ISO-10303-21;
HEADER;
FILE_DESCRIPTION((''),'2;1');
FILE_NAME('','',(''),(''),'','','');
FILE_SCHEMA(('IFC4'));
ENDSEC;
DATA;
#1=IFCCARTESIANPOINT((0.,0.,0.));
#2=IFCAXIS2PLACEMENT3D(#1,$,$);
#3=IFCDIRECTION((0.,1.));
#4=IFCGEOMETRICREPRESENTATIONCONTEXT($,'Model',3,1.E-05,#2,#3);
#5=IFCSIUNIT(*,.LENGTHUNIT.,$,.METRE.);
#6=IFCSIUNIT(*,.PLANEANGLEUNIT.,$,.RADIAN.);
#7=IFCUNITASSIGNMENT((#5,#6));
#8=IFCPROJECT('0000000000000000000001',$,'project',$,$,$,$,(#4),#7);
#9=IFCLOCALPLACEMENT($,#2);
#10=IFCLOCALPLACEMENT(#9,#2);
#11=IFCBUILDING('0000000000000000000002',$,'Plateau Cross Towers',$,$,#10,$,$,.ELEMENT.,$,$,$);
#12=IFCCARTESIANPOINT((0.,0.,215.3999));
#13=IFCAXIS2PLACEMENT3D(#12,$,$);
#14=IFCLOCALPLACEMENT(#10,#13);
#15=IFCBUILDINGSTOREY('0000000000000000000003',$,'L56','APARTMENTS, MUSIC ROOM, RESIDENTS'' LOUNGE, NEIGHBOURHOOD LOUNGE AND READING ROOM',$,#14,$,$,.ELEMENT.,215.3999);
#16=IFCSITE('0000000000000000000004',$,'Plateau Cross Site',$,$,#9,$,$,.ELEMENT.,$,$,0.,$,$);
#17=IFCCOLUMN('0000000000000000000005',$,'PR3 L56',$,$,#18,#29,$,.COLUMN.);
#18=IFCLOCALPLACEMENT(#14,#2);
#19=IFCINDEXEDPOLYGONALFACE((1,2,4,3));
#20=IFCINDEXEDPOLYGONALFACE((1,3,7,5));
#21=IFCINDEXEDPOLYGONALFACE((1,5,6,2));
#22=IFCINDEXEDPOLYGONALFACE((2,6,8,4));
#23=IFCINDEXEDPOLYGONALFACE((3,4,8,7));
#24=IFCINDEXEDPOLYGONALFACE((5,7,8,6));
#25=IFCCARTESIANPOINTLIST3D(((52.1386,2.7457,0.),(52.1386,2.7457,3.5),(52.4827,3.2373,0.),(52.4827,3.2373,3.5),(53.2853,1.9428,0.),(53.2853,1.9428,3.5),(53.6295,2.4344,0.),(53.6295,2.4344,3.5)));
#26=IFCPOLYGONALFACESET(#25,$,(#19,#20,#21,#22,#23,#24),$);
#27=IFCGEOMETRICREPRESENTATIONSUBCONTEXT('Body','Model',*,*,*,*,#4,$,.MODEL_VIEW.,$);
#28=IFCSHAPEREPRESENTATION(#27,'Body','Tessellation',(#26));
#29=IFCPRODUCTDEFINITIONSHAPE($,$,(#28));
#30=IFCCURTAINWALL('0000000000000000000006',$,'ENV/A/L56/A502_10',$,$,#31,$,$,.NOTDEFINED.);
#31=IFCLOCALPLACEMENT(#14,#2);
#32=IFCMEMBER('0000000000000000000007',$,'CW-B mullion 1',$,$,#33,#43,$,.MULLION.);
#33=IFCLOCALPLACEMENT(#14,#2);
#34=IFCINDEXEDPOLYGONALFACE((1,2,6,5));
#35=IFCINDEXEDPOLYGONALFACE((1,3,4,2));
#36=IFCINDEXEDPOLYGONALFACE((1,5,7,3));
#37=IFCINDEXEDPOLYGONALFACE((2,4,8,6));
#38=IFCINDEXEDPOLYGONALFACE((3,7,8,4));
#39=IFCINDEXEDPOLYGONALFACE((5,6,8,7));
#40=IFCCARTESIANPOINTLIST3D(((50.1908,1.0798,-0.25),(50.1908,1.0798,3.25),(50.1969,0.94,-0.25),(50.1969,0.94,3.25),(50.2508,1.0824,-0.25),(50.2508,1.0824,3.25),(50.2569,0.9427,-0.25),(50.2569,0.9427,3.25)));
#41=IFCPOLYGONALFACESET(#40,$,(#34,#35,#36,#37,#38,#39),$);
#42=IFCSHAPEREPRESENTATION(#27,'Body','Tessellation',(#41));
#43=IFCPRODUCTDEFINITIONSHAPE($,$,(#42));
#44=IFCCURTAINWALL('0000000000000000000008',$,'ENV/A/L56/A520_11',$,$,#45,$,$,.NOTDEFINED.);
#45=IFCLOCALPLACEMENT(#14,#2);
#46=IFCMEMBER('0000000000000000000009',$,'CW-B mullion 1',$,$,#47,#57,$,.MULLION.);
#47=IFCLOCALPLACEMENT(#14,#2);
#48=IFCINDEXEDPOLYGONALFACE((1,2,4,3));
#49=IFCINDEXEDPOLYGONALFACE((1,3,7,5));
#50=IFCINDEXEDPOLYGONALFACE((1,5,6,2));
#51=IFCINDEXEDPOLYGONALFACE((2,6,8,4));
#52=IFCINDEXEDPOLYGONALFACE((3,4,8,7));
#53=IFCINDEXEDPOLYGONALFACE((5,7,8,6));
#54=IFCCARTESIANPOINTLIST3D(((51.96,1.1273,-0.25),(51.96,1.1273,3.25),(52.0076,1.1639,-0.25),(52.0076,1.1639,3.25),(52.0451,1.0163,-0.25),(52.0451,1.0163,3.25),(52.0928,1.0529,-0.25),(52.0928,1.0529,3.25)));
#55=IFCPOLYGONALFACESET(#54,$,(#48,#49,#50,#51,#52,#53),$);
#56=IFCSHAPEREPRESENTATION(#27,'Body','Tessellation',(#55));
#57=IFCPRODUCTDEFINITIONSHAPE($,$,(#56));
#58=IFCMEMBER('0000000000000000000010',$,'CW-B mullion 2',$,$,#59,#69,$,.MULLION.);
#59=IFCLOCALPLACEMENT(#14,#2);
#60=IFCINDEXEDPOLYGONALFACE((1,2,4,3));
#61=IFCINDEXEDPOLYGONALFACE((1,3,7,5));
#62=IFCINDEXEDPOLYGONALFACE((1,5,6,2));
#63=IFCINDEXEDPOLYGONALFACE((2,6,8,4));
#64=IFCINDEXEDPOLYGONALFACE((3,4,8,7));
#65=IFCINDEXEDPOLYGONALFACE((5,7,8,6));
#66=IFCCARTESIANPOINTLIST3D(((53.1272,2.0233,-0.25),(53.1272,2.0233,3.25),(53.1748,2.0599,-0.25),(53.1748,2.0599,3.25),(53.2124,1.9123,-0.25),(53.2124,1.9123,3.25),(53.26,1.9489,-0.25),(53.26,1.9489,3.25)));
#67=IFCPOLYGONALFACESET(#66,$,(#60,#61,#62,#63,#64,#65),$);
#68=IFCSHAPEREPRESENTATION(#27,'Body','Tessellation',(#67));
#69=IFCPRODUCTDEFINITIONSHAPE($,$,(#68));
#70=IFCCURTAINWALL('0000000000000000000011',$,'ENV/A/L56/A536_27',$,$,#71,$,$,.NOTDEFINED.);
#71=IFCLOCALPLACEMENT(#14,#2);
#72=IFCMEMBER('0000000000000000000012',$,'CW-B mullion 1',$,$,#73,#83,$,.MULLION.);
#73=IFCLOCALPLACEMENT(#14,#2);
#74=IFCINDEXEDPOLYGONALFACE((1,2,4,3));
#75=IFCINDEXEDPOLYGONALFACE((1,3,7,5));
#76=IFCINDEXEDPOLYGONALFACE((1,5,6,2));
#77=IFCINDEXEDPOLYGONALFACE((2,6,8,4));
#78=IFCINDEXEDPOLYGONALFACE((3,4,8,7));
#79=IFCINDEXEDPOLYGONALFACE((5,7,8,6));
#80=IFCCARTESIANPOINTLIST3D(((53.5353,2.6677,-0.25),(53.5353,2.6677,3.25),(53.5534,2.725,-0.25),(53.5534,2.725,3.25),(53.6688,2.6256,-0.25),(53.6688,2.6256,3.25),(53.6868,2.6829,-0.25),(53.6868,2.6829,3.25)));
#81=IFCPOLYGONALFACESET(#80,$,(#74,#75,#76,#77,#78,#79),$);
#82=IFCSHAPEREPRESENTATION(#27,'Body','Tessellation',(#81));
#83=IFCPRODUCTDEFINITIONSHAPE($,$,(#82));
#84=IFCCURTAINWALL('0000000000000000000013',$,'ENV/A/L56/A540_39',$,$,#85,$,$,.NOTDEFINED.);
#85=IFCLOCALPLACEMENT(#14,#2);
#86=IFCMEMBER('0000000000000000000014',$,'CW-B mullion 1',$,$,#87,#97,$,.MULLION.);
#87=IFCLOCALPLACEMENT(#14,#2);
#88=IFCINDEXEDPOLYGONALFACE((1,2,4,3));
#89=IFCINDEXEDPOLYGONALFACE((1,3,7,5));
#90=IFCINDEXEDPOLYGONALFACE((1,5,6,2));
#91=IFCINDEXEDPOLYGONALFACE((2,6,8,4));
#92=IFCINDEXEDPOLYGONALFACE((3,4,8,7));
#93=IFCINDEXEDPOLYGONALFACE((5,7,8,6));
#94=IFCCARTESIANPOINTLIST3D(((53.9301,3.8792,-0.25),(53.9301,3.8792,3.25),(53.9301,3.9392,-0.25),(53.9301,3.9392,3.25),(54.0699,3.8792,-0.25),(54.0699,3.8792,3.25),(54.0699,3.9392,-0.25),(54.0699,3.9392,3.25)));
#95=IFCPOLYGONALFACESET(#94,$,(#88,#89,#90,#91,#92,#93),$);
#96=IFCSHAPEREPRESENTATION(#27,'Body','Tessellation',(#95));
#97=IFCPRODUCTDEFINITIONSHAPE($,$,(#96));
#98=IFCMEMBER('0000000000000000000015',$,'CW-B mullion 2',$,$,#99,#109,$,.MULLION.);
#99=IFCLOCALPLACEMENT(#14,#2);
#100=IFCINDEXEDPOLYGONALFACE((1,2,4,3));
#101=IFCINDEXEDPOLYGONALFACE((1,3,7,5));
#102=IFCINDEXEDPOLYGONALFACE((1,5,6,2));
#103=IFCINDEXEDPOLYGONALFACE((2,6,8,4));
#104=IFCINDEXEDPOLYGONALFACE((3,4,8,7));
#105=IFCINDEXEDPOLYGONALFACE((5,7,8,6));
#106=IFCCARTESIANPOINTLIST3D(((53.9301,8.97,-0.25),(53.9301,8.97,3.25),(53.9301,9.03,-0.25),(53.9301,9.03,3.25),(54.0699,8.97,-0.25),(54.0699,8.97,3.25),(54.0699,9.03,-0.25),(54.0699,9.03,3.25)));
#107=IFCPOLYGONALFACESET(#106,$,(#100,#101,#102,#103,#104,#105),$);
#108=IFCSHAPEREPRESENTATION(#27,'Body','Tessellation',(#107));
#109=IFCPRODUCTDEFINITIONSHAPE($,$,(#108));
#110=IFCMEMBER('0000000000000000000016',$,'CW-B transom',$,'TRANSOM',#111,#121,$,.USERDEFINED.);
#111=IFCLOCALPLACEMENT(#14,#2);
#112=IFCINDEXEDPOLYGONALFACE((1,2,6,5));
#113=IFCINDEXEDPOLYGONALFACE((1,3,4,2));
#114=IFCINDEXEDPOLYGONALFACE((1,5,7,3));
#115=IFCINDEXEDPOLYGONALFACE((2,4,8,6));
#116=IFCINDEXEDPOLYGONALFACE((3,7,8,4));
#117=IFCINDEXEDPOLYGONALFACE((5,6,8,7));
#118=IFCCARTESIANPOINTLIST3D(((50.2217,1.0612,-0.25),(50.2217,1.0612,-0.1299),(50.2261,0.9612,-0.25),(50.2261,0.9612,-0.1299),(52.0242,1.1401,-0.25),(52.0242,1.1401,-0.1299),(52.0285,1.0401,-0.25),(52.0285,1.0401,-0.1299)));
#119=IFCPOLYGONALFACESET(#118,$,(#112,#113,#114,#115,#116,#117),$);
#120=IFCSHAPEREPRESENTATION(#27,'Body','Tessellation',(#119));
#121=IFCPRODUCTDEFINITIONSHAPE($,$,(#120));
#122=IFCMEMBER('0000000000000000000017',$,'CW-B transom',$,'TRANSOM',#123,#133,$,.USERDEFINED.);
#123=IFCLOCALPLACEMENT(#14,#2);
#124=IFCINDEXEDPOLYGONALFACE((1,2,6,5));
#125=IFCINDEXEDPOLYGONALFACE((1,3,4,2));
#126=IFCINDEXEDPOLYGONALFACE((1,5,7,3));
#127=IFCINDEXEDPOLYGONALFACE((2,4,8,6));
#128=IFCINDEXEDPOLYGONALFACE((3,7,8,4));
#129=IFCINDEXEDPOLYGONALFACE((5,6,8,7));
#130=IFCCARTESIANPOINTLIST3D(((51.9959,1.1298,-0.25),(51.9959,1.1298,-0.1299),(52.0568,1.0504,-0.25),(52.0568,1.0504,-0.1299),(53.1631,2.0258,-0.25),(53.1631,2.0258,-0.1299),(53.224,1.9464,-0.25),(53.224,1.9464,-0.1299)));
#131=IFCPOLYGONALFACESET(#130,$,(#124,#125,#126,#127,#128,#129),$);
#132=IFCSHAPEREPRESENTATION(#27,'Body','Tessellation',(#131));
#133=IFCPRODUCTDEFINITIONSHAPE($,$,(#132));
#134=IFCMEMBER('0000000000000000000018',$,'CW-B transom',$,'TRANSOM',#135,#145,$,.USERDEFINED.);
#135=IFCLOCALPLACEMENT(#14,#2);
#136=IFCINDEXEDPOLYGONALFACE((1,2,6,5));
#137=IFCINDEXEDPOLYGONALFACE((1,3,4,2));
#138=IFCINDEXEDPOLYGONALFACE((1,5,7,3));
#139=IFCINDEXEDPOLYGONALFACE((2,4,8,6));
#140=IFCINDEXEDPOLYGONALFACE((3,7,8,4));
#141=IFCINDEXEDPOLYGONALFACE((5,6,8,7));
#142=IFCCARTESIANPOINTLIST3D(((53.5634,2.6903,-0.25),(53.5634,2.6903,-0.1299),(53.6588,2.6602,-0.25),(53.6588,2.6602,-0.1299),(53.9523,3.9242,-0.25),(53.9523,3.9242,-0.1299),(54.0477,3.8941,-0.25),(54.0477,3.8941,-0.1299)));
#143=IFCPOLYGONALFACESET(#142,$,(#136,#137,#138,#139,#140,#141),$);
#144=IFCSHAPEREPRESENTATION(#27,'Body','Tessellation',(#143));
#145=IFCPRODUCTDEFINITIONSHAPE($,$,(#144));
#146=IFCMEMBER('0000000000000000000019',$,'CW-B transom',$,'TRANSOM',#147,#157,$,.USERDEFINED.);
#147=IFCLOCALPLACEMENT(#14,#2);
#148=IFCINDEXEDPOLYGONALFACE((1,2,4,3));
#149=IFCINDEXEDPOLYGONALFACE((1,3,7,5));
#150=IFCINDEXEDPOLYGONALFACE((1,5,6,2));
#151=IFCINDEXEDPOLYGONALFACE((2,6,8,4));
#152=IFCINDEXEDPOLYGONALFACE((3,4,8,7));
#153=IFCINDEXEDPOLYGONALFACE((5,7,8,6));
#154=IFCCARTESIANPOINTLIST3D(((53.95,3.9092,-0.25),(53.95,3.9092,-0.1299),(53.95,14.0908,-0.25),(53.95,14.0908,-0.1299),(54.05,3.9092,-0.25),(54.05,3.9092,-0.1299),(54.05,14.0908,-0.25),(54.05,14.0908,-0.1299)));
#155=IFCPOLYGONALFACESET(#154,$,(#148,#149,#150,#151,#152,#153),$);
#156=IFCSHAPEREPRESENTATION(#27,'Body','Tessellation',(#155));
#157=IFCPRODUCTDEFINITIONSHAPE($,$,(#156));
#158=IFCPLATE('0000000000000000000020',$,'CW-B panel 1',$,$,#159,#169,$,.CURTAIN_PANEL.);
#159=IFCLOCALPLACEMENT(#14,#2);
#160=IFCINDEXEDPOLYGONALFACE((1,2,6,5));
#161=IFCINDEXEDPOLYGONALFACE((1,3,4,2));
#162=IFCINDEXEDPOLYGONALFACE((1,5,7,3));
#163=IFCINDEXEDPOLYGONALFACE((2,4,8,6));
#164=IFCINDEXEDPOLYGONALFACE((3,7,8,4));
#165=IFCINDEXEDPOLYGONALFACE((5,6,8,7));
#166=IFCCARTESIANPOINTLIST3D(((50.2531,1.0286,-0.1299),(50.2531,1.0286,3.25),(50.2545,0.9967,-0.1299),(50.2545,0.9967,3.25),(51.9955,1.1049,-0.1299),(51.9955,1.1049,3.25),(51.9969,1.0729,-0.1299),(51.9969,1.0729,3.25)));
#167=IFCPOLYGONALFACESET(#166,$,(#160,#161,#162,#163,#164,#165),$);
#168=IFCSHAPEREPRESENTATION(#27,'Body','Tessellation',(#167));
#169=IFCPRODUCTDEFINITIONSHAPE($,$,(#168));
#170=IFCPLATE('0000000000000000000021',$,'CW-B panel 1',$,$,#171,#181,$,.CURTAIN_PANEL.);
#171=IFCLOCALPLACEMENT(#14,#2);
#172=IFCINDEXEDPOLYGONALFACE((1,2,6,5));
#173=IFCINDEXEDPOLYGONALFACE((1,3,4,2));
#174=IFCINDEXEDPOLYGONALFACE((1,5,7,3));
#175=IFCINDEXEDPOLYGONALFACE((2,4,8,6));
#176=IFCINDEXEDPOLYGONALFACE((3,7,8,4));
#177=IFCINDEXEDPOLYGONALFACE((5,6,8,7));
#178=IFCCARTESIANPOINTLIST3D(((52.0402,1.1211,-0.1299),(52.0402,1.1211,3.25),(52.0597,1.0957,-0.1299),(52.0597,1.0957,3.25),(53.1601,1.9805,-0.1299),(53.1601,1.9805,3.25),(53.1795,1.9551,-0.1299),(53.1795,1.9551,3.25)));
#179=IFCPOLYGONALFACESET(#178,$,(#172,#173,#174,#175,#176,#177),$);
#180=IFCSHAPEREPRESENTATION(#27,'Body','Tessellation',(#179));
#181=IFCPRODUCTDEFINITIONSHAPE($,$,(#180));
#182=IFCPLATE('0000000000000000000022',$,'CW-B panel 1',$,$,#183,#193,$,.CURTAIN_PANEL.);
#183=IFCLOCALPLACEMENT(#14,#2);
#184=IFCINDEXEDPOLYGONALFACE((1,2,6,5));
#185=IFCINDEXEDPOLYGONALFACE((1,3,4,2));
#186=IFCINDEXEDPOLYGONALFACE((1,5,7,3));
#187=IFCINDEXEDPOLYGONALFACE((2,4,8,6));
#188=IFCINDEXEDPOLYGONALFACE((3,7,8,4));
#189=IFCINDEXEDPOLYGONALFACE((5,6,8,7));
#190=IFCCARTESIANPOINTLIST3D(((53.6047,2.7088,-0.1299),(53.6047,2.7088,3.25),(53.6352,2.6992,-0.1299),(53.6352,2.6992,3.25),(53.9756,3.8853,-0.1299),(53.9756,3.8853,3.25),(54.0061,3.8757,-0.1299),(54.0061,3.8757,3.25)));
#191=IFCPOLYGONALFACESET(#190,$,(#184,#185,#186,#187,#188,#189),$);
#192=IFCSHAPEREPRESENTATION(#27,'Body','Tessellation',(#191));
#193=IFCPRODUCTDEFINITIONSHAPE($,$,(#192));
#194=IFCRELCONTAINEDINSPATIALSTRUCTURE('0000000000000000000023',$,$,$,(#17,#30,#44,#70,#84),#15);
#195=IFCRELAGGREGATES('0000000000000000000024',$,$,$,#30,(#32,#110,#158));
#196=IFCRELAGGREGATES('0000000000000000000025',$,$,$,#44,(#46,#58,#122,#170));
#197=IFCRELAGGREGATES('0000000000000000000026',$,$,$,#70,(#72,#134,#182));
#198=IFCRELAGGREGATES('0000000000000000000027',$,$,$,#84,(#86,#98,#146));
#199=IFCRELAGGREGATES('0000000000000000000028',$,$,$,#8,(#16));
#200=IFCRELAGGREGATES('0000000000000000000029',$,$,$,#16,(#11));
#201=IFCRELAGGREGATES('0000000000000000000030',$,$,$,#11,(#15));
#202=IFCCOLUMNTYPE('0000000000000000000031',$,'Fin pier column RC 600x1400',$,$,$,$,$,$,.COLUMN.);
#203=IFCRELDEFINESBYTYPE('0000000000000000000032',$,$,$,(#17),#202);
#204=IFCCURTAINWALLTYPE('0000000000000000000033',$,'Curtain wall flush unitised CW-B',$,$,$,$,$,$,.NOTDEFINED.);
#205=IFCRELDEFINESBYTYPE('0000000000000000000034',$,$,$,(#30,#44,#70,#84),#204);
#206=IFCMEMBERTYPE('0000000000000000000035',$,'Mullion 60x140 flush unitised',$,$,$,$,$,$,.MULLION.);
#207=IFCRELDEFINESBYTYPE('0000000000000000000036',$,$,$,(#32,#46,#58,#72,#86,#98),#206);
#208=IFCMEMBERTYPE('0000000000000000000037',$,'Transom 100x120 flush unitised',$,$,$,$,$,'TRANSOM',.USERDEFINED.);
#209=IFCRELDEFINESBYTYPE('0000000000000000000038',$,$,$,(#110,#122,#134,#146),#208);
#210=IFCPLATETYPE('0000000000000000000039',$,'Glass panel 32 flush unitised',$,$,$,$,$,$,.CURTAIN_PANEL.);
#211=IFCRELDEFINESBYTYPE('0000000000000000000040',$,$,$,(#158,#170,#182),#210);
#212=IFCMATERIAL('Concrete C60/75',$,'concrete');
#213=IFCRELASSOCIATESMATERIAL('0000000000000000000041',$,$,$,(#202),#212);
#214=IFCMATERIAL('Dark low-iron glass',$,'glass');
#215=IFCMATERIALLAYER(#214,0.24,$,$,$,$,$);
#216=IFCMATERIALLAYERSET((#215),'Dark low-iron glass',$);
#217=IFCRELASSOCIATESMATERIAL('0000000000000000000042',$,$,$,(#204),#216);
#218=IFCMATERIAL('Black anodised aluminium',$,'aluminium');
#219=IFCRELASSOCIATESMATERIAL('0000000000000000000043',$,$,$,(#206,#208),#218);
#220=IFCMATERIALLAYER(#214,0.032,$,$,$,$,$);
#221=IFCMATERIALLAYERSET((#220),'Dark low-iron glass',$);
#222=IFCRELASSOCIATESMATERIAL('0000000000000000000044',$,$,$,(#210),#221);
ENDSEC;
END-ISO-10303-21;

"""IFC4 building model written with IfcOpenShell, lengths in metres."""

from ifc_helpers import new_model, si_unit, direction, frame, origin, origin_2d, place, context, subcontext, project, spatial, rectangle, extrude, material, layer, layer_set, material_profile, profile_set, type_object, element, aggregate, save


model = new_model("IFC4")

# Units and contexts
model_context = context("Model", 3, precision=1e-05, world=origin(), true_north=direction((0.0, 1.0)))
body_context = subcontext(model_context, "Body", "Model", "MODEL_VIEW")
ifc_project = project(units=[si_unit("LENGTHUNIT", "METRE"), si_unit("PLANEANGLEUNIT", "RADIAN")], contexts=[model_context])

# Site, building, storey
site_placement = place(None, origin())
site = spatial("IfcSite", under=ifc_project, at=site_placement, Name="Plateau Cross Site", CompositionType="ELEMENT", RefElevation=0.0)
building_placement = place(site_placement, origin())
building = spatial("IfcBuilding", under=site, at=building_placement, Name="Plateau Cross Towers", CompositionType="ELEMENT")
storey_placement = place(building_placement, frame((0.0, 0.0, 215.3999)))
storey = spatial("IfcBuildingStorey", under=building, at=storey_placement, Name="L56", Description="APARTMENTS, MUSIC ROOM, RESIDENTS' LOUNGE, NEIGHBOURHOOD LOUNGE AND READING ROOM", CompositionType="ELEMENT", Elevation=215.3999)

# Column
ifc_material_1 = material(Name="Concrete C60/75", Category="concrete")
ifc_material_profile_1 = material_profile(ifc_material_1, rectangle(XDim=0.6001, YDim=1.3999, at=origin_2d()), Name="RC 600x1400")
ifc_profile_set_1 = profile_set([ifc_material_profile_1], Name="Concrete C60/75")
column_type = type_object("IfcColumnType", Name="Fin pier column RC 600x1400", PredefinedType="COLUMN", material=ifc_profile_set_1)
column_placement = place(storey_placement, frame((52.884, 2.5901, 0.0), z_axis=(0.0, 0.0, 1.0), x_axis=(0.573543, 0.819176, 0.0)))
element("IfcColumn", 1, at=column_placement, inside=storey, type_object=column_type, Name="PR3 L56", PredefinedType="COLUMN", context=body_context, shape_type="SweptSolid", body=[
    extrude(rectangle(XDim=0.6001, YDim=1.3999, at=origin_2d()), origin(), (0.0, 0.0, 1.0), 3.5),
])

# Curtain wall, member
ifc_material_2 = material(Name="Dark low-iron glass", Category="glass")
ifc_layer_1 = layer(ifc_material_2, 0.24)
ifc_layer_set_1 = layer_set([ifc_layer_1], Name="Dark low-iron glass")
curtain_wall_type_1 = type_object("IfcCurtainWallType", Name="Curtain wall flush unitised CW-B", PredefinedType="NOTDEFINED", material=ifc_layer_set_1)
curtain_wall_1_placement = place(storey_placement, origin())
curtain_wall_1 = element("IfcCurtainWall", 2, at=curtain_wall_1_placement, inside=storey, type_object=curtain_wall_type_1, Name="ENV/A/L56/A502_10", PredefinedType="NOTDEFINED")
ifc_material_3 = material(Name="Black anodised aluminium", Category="aluminium")
ifc_material_profile_2 = material_profile(ifc_material_3, rectangle(XDim=0.0601, YDim=0.1399, at=origin_2d()), Name="MULLION 60x140")
ifc_profile_set_2 = profile_set([ifc_material_profile_2], Name="Black anodised aluminium")
member_type_1 = type_object("IfcMemberType", Name="Mullion 60x140 flush unitised", PredefinedType="MULLION", material=ifc_profile_set_2)
member_1_placement = place(storey_placement, frame((50.2239, 1.0112, -0.25), z_axis=(0.0, 0.0, 1.0), x_axis=(0.999044, 0.043723, 0.0)))
member_1 = element("IfcMember", 3, at=member_1_placement, type_object=member_type_1, Name="CW-B mullion 1", PredefinedType="MULLION", context=body_context, shape_type="SweptSolid", body=[
    extrude(rectangle(XDim=0.0601, YDim=0.1399, at=origin_2d()), origin(), (0.0, 0.0, 1.0), 3.5),
])

# Curtain wall, members
curtain_wall_2_placement = place(storey_placement, origin())
curtain_wall_2 = element("IfcCurtainWall", 4, at=curtain_wall_2_placement, inside=storey, type_object=curtain_wall_type_1, Name="ENV/A/L56/A520_11", PredefinedType="NOTDEFINED")
member_2_placement = place(storey_placement, frame((52.0264, 1.0901, -0.25), z_axis=(0.0, 0.0, 1.0), x_axis=(0.793316, 0.608811, 0.0)))
member_2 = element("IfcMember", 5, at=member_2_placement, type_object=member_type_1, Name="CW-B mullion 1", PredefinedType="MULLION", context=body_context, shape_type="SweptSolid", body=[
    extrude(rectangle(XDim=0.0601, YDim=0.1399, at=origin_2d()), origin(), (0.0, 0.0, 1.0), 3.5),
])
member_3_placement = place(storey_placement, frame((53.1936, 1.9861, -0.25), z_axis=(0.0, 0.0, 1.0), x_axis=(0.793316, 0.608811, 0.0)))
member_3 = element("IfcMember", 6, at=member_3_placement, type_object=member_type_1, Name="CW-B mullion 2", PredefinedType="MULLION", context=body_context, shape_type="SweptSolid", body=[
    extrude(rectangle(XDim=0.0601, YDim=0.1399, at=origin_2d()), origin(), (0.0, 0.0, 1.0), 3.5),
])

# Curtain wall, member
curtain_wall_3_placement = place(storey_placement, origin())
curtain_wall_3 = element("IfcCurtainWall", 7, at=curtain_wall_3_placement, inside=storey, type_object=curtain_wall_type_1, Name="ENV/A/L56/A536_27", PredefinedType="NOTDEFINED")
member_4_placement = place(storey_placement, frame((53.6111, 2.6753, -0.25), z_axis=(0.0, 0.0, 1.0), x_axis=(0.300686, 0.953723, 0.0)))
member_4 = element("IfcMember", 8, at=member_4_placement, type_object=member_type_1, Name="CW-B mullion 1", PredefinedType="MULLION", context=body_context, shape_type="SweptSolid", body=[
    extrude(rectangle(XDim=0.0601, YDim=0.1399, at=origin_2d()), origin(), (0.0, 0.0, 1.0), 3.5),
])

# Curtain wall, members
curtain_wall_4_placement = place(storey_placement, origin())
curtain_wall_4 = element("IfcCurtainWall", 9, at=curtain_wall_4_placement, inside=storey, type_object=curtain_wall_type_1, Name="ENV/A/L56/A540_39", PredefinedType="NOTDEFINED")
member_5_placement = place(storey_placement, frame((54.0, 3.9092, -0.25), z_axis=(0.0, 0.0, 1.0), x_axis=(0.0, 1.0, 0.0)))
member_5 = element("IfcMember", 10, at=member_5_placement, type_object=member_type_1, Name="CW-B mullion 1", PredefinedType="MULLION", context=body_context, shape_type="SweptSolid", body=[
    extrude(rectangle(XDim=0.0601, YDim=0.1399, at=origin_2d()), origin(), (0.0, 0.0, 1.0), 3.5),
])
member_6_placement = place(storey_placement, frame((54.0, 9.0, -0.25), z_axis=(0.0, 0.0, 1.0), x_axis=(0.0, 1.0, 0.0)))
member_6 = element("IfcMember", 11, at=member_6_placement, type_object=member_type_1, Name="CW-B mullion 2", PredefinedType="MULLION", context=body_context, shape_type="SweptSolid", body=[
    extrude(rectangle(XDim=0.0601, YDim=0.1399, at=origin_2d()), origin(), (0.0, 0.0, 1.0), 3.5),
])

# Members
ifc_material_profile_3 = material_profile(ifc_material_3, rectangle(XDim=0.1001, YDim=0.1201, at=origin_2d()), Name="TRANSOM 100x120")
ifc_profile_set_3 = profile_set([ifc_material_profile_3], Name="Black anodised aluminium")
member_type_2 = type_object("IfcMemberType", Name="Transom 100x120 flush unitised", ElementType="TRANSOM", PredefinedType="USERDEFINED", material=ifc_profile_set_3)
member_7_placement = place(storey_placement, frame((50.2239, 1.0112, -0.1899), z_axis=(0.999044, 0.043707, 0.0), x_axis=(-0.043707, 0.999044, 0.0)))
member_7 = element("IfcMember", 12, at=member_7_placement, type_object=member_type_2, Name="CW-B transom", ObjectType="TRANSOM", PredefinedType="USERDEFINED", context=body_context, shape_type="SweptSolid", body=[
    extrude(rectangle(XDim=0.1001, YDim=0.1201, at=origin_2d()), origin(), (0.0, 0.0, 1.0), 1.8042),
])
member_8_placement = place(storey_placement, frame((52.0264, 1.0901, -0.1899), z_axis=(0.79324, 0.608909, 0.0), x_axis=(-0.608909, 0.79324, 0.0)))
member_8 = element("IfcMember", 13, at=member_8_placement, type_object=member_type_2, Name="CW-B transom", ObjectType="TRANSOM", PredefinedType="USERDEFINED", context=body_context, shape_type="SweptSolid", body=[
    extrude(rectangle(XDim=0.1001, YDim=0.1201, at=origin_2d()), origin(), (0.0, 0.0, 1.0), 1.4714),
])
member_9_placement = place(storey_placement, frame((53.6111, 2.6753, -0.1899), z_axis=(0.300617, 0.953745, 0.0), x_axis=(-0.953745, 0.300617, 0.0)))
member_9 = element("IfcMember", 14, at=member_9_placement, type_object=member_type_2, Name="CW-B transom", ObjectType="TRANSOM", PredefinedType="USERDEFINED", context=body_context, shape_type="SweptSolid", body=[
    extrude(rectangle(XDim=0.1001, YDim=0.1201, at=origin_2d()), origin(), (0.0, 0.0, 1.0), 1.2937),
])
member_10_placement = place(storey_placement, frame((54.0, 3.9092, -0.1899), z_axis=(0.0, 1.0, 0.0), x_axis=(-1.0, 0.0, 0.0)))
member_10 = element("IfcMember", 15, at=member_10_placement, type_object=member_type_2, Name="CW-B transom", ObjectType="TRANSOM", PredefinedType="USERDEFINED", context=body_context, shape_type="SweptSolid", body=[
    extrude(rectangle(XDim=0.1001, YDim=0.1201, at=origin_2d()), origin(), (0.0, 0.0, 1.0), 10.1816),
])

# Plates
ifc_layer_2 = layer(ifc_material_2, 0.032)
ifc_layer_set_2 = layer_set([ifc_layer_2], Name="Dark low-iron glass")
plate_type_1 = type_object("IfcPlateType", Name="Glass panel 32 flush unitised", PredefinedType="CURTAIN_PANEL", material=ifc_layer_set_2)
plate_1_placement = place(storey_placement, frame((51.125, 1.0508, -0.1299), z_axis=(0.0, 0.0, 1.0), x_axis=(0.999044, 0.043723, 0.0)))
plate_1 = element("IfcPlate", 16, at=plate_1_placement, type_object=plate_type_1, Name="CW-B panel 1", PredefinedType="CURTAIN_PANEL", context=body_context, shape_type="SweptSolid", body=[
    extrude(rectangle(XDim=1.7441, YDim=0.032, at=origin_2d()), origin(), (0.0, 0.0, 1.0), 3.3799),
])
aggregate(curtain_wall_1, [member_1, member_7, plate_1])
plate_2_placement = place(storey_placement, frame((52.6099, 1.5381, -0.1299), z_axis=(0.0, 0.0, 1.0), x_axis=(0.793316, 0.608811, 0.0)))
plate_2 = element("IfcPlate", 17, at=plate_2_placement, type_object=plate_type_1, Name="CW-B panel 1", PredefinedType="CURTAIN_PANEL", context=body_context, shape_type="SweptSolid", body=[
    extrude(rectangle(XDim=1.4116, YDim=0.032, at=origin_2d()), origin(), (0.0, 0.0, 1.0), 3.3799),
])
aggregate(curtain_wall_2, [member_2, member_3, member_8, plate_2])
plate_3_placement = place(storey_placement, frame((53.8054, 3.2922, -0.1299), z_axis=(0.0, 0.0, 1.0), x_axis=(0.300686, 0.953723, 0.0)))
plate_3 = element("IfcPlate", 18, at=plate_3_placement, type_object=plate_type_1, Name="CW-B panel 1", PredefinedType="CURTAIN_PANEL", context=body_context, shape_type="SweptSolid", body=[
    extrude(rectangle(XDim=1.2336, YDim=0.032, at=origin_2d()), origin(), (0.0, 0.0, 1.0), 3.3799),
])
aggregate(curtain_wall_3, [member_4, member_9, plate_3])
aggregate(curtain_wall_4, [member_5, member_6, member_10])

save(model, "model.ifc")
